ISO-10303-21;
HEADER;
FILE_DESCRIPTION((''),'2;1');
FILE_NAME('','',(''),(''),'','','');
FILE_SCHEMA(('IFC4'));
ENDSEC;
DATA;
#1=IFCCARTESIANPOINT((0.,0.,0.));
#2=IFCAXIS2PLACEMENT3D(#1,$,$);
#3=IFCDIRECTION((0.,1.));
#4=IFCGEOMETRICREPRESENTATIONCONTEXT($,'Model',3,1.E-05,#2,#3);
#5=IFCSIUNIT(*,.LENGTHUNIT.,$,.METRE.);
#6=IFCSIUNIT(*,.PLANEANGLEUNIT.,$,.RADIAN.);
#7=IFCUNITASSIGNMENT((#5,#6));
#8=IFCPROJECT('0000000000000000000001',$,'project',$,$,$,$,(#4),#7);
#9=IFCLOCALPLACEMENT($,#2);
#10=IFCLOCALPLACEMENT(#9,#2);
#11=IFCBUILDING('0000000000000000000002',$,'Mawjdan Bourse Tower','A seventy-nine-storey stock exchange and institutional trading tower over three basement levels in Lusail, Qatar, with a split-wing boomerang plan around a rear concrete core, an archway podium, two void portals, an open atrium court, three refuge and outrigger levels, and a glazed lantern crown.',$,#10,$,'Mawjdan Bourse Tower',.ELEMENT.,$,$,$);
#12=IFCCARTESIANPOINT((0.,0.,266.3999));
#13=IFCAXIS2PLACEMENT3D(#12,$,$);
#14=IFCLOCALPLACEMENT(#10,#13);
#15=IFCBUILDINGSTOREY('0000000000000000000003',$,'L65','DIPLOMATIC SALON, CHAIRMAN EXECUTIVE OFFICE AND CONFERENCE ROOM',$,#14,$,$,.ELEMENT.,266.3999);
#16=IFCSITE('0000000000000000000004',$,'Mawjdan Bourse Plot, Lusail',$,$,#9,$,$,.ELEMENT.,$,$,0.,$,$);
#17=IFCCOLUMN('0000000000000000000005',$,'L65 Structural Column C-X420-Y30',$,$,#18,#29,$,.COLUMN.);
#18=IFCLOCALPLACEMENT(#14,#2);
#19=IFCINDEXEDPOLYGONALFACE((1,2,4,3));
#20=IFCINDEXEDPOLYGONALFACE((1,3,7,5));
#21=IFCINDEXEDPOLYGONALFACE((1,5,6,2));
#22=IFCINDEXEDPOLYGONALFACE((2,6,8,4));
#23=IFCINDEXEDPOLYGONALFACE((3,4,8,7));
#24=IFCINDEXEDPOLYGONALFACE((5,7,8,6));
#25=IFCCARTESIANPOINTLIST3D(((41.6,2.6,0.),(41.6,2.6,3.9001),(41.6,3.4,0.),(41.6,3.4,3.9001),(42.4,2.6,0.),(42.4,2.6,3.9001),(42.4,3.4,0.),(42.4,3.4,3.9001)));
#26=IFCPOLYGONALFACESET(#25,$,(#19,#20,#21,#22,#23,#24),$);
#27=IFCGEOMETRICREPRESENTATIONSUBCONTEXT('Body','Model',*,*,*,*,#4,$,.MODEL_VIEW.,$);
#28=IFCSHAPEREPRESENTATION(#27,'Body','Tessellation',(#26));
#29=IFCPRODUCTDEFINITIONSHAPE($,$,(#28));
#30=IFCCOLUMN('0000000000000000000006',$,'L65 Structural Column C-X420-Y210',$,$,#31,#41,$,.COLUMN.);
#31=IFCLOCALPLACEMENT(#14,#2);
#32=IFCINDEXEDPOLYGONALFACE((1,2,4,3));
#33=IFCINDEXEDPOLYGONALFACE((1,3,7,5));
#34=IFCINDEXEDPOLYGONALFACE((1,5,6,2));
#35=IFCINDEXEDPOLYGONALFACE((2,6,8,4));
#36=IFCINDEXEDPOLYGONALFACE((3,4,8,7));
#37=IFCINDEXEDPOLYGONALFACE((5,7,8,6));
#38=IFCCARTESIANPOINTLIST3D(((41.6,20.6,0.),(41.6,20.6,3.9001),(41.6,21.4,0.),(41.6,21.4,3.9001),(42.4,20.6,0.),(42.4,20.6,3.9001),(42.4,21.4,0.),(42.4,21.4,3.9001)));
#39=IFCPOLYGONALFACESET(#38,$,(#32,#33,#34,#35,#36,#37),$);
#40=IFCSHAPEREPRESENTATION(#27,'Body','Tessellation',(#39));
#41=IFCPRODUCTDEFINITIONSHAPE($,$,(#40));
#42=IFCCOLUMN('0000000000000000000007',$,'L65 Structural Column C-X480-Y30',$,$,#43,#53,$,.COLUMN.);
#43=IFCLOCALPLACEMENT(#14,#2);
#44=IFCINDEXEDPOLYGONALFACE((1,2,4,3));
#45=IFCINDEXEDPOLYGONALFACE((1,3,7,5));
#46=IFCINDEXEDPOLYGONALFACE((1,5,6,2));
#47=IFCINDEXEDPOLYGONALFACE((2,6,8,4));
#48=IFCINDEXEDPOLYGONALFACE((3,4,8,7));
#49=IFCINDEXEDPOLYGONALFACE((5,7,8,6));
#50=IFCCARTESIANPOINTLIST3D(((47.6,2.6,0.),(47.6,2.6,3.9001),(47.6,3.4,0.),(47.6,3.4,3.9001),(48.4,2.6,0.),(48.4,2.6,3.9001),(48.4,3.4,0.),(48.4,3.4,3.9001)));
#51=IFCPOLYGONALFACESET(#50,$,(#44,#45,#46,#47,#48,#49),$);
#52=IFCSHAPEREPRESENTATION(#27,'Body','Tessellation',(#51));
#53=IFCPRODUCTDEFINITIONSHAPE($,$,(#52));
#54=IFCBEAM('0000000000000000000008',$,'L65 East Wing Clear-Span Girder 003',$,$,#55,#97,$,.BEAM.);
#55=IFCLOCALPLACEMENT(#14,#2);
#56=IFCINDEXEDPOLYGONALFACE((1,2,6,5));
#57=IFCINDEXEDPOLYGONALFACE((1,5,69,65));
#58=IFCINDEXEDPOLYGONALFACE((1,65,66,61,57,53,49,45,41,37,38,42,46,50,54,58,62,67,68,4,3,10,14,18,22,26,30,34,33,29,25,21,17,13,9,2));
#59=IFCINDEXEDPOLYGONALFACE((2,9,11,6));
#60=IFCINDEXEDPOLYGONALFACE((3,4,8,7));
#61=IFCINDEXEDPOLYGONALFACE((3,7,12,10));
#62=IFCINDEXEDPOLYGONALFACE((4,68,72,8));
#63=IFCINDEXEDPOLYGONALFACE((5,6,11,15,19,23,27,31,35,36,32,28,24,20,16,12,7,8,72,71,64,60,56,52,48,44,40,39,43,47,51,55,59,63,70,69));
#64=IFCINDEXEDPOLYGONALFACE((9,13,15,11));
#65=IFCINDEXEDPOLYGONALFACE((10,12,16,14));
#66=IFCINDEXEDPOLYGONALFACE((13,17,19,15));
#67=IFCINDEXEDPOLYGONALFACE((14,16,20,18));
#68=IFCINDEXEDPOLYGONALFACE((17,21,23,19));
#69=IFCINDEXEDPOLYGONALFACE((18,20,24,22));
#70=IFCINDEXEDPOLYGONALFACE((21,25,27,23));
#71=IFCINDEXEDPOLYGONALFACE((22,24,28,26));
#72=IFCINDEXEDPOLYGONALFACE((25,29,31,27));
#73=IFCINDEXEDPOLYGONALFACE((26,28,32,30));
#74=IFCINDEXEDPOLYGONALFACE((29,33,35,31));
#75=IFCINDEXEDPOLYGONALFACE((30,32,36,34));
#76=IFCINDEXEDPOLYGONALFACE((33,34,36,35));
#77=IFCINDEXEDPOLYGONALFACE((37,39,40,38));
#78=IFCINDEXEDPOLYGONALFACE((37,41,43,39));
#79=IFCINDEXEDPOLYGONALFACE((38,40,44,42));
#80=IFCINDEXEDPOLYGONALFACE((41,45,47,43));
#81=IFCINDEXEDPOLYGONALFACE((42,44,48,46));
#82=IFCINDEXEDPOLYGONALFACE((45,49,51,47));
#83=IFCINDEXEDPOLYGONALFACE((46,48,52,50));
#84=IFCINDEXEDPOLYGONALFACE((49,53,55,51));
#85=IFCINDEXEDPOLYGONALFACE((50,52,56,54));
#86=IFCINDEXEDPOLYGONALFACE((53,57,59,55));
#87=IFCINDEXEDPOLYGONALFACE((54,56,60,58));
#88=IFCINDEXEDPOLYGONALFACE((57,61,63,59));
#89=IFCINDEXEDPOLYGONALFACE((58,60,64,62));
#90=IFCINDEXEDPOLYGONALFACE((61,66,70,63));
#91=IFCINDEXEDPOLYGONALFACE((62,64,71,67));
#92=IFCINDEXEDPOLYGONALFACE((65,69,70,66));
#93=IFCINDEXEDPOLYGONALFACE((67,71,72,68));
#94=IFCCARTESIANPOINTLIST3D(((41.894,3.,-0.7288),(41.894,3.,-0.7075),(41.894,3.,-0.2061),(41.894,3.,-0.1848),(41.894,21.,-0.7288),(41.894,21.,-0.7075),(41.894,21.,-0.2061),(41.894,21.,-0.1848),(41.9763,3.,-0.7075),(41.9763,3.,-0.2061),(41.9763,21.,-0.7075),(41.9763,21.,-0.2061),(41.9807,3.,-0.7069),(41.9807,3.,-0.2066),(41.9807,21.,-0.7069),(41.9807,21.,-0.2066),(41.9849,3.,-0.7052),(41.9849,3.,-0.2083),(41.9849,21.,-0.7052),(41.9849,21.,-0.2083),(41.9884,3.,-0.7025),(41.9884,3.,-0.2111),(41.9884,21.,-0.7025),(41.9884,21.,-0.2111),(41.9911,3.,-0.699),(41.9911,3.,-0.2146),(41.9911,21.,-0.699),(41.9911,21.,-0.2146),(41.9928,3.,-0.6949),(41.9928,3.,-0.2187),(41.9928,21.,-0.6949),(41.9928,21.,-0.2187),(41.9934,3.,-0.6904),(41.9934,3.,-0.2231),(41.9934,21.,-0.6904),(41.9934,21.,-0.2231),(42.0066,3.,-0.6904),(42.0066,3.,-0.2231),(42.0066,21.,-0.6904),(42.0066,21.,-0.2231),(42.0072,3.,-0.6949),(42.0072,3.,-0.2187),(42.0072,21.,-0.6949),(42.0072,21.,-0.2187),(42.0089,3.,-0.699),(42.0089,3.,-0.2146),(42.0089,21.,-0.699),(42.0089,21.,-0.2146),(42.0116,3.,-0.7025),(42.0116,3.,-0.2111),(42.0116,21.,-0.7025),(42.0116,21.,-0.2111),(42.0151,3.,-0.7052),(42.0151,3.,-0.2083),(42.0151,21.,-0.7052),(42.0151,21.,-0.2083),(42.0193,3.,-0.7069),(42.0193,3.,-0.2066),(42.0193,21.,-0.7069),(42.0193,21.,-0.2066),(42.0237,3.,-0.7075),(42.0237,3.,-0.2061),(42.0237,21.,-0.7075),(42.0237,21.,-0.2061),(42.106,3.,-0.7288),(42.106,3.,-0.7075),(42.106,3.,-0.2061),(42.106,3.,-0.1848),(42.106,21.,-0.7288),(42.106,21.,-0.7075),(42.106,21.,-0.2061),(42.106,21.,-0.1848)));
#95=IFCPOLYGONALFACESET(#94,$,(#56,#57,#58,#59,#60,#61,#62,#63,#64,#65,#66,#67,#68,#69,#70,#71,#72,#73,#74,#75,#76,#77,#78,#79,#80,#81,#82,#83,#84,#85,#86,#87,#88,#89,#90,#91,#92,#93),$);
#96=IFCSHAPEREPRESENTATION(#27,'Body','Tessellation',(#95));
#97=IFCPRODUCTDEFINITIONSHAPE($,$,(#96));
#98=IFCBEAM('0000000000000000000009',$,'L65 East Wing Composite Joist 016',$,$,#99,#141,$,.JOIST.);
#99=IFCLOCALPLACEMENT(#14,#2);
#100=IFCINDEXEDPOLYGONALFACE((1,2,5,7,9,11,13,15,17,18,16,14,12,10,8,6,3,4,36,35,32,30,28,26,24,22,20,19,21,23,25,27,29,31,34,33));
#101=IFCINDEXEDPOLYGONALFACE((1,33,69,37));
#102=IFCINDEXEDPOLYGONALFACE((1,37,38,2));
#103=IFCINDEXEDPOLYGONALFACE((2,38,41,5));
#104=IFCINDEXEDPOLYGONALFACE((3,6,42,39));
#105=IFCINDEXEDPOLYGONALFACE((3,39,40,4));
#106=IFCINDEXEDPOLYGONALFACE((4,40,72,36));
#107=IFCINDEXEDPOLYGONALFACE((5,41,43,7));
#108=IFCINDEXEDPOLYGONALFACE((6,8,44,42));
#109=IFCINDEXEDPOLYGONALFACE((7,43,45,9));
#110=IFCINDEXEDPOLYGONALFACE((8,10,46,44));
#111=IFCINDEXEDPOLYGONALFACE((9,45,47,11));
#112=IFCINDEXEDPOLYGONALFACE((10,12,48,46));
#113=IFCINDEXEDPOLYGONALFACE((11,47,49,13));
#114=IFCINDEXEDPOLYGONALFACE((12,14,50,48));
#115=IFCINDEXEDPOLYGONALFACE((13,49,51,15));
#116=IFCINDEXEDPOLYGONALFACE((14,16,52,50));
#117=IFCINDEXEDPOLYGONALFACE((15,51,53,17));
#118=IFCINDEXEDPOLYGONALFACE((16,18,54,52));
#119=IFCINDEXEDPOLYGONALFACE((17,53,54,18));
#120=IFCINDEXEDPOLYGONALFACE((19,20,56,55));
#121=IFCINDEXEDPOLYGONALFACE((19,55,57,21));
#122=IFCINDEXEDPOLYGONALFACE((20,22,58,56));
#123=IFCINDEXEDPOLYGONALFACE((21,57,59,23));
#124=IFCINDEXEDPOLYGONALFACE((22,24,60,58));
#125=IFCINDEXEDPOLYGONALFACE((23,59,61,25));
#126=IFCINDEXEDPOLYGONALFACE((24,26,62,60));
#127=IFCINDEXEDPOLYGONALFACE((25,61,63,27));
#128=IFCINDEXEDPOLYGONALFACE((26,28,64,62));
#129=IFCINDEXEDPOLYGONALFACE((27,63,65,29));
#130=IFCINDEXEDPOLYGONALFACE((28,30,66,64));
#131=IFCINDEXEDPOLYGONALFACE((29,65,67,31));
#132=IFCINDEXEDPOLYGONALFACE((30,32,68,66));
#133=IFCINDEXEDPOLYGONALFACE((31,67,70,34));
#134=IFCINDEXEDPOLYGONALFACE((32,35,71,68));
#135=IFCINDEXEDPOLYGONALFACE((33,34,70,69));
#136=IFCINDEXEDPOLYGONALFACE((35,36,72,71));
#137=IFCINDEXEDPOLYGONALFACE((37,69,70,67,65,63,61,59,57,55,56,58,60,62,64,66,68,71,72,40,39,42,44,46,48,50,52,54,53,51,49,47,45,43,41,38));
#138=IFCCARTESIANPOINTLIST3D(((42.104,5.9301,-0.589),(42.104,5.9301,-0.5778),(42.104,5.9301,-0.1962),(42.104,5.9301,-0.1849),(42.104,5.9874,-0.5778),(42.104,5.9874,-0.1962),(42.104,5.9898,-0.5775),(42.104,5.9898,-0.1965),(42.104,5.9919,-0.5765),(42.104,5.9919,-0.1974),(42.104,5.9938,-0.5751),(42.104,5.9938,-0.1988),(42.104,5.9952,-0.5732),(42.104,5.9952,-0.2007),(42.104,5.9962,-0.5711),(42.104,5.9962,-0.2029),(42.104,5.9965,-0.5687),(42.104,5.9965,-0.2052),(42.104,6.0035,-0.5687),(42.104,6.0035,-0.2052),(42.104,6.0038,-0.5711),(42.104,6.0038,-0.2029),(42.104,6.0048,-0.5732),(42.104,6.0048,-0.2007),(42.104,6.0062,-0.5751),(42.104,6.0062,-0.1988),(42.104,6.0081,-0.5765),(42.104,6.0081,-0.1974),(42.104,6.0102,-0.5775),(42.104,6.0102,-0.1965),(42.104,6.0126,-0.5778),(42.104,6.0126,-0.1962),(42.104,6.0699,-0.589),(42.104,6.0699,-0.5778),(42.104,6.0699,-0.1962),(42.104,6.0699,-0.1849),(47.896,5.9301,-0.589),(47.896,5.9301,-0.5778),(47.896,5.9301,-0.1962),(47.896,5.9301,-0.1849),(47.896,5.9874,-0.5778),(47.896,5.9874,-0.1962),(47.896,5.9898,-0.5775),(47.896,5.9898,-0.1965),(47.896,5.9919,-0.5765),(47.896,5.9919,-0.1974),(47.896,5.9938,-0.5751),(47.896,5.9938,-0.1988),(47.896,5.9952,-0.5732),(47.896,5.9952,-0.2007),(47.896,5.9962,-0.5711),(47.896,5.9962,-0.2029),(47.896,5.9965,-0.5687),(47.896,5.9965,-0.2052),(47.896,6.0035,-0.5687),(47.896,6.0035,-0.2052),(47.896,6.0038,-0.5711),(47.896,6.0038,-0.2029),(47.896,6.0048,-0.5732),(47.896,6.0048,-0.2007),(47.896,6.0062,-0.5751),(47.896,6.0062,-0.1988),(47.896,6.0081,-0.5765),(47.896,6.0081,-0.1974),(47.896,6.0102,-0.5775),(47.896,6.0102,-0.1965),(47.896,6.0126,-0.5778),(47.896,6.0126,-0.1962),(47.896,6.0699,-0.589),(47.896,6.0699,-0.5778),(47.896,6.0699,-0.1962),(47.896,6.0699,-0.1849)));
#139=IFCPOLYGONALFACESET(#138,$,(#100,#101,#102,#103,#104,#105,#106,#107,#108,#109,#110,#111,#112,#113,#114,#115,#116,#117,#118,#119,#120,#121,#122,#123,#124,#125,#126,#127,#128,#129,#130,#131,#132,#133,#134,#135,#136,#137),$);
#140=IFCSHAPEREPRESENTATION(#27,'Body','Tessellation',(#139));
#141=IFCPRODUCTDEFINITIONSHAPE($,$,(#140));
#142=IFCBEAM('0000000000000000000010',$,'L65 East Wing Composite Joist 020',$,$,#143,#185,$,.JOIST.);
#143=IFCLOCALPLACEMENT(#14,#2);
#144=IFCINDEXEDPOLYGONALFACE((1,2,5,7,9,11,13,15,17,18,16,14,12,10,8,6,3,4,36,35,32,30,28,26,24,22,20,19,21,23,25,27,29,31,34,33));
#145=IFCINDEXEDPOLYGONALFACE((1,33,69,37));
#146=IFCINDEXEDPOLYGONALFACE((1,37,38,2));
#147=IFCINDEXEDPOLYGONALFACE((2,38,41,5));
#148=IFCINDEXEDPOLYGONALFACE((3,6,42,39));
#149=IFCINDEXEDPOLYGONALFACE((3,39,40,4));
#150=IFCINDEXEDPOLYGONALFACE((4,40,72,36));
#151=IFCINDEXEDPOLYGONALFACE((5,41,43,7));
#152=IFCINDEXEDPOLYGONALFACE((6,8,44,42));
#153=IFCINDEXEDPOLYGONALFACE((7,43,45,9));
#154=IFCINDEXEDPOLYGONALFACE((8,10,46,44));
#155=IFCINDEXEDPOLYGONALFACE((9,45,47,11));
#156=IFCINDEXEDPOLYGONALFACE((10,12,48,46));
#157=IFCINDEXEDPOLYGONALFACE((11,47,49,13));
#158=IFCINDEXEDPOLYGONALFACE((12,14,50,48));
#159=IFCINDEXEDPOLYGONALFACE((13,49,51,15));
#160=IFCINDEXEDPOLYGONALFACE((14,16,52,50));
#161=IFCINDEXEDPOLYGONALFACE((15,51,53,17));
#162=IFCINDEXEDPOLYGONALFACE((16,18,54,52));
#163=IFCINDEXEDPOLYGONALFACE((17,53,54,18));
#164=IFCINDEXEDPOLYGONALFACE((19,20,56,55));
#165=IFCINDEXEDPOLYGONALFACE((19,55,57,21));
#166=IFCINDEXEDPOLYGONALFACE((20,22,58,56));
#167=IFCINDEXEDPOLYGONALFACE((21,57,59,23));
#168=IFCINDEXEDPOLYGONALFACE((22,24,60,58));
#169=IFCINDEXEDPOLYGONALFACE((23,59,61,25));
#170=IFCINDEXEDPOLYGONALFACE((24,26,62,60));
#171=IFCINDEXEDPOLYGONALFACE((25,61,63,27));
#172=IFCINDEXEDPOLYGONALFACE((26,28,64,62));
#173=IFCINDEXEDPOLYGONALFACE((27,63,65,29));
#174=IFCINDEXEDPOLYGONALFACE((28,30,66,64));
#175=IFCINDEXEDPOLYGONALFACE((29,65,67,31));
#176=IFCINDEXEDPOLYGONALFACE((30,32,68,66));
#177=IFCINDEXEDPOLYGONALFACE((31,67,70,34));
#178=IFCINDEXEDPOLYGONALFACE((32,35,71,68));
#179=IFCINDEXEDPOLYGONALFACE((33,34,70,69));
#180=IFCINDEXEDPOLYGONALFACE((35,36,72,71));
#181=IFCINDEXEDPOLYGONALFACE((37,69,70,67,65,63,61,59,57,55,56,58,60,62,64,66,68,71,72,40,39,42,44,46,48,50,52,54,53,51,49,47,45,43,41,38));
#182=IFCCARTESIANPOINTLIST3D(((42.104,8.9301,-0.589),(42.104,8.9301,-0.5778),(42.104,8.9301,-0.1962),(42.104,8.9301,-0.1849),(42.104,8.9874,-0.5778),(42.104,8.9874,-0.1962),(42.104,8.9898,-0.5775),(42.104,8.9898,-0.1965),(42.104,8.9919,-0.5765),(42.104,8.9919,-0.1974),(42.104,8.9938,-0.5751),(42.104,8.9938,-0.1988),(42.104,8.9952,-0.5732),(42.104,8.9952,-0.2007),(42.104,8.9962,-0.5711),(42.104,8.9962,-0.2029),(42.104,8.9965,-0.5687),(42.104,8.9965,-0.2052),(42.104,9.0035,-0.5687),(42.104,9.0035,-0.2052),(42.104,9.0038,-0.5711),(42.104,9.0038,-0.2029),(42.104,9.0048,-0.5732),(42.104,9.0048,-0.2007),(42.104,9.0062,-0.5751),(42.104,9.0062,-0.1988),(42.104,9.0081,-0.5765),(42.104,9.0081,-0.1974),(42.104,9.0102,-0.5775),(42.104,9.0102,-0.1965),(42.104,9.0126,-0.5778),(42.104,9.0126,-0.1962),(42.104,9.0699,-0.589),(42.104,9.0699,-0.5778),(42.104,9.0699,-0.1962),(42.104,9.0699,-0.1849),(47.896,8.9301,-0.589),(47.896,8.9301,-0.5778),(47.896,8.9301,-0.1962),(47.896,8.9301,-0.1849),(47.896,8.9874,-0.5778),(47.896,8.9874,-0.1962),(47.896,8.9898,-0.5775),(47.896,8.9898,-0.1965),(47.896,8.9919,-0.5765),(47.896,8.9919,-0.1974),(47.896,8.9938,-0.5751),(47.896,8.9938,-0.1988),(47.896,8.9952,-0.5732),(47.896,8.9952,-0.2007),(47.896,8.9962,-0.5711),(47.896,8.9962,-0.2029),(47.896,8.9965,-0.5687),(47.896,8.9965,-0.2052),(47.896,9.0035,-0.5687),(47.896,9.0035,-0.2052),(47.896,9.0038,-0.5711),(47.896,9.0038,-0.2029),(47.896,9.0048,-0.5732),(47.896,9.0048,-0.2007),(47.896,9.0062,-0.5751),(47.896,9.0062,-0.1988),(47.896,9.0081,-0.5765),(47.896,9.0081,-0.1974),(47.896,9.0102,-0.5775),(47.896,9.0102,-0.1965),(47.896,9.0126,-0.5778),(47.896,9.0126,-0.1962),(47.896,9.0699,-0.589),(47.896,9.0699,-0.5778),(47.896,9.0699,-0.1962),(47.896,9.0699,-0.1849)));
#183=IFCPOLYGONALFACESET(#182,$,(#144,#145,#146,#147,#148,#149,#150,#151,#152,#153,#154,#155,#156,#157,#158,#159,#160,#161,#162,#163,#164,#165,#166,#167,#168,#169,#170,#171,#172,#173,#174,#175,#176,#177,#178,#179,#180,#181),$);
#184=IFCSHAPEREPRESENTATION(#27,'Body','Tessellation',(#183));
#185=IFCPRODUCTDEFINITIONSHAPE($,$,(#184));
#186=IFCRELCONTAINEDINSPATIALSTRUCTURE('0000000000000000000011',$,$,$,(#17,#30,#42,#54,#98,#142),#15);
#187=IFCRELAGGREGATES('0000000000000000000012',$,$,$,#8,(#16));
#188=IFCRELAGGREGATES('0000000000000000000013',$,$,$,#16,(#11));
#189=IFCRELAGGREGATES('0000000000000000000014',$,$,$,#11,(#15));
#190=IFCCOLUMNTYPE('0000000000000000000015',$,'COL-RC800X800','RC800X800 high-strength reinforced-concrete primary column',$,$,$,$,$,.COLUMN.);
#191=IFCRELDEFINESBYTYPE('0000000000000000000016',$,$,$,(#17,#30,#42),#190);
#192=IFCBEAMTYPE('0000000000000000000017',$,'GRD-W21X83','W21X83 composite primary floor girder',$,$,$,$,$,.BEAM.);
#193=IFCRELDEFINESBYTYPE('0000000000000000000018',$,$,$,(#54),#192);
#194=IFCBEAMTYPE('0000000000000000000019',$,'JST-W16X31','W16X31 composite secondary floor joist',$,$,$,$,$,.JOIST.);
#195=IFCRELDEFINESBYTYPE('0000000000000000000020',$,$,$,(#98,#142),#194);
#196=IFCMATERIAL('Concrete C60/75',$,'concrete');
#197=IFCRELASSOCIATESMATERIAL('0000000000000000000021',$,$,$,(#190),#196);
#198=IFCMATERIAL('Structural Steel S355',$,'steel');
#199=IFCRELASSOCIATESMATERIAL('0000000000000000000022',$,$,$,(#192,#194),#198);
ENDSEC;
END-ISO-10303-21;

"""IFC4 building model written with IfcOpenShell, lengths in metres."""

from ifc_helpers import new_model, si_unit, direction, frame, origin, origin_2d, place, context, subcontext, project, spatial, rectangle, i_section, extrude, material, material_profile, profile_set, type_object, element, save


model = new_model("IFC4")

# Units and contexts
model_context = context("Model", 3, precision=1e-05, world=origin(), true_north=direction((0.0, 1.0)))
body_context = subcontext(model_context, "Body", "Model", "MODEL_VIEW")
ifc_project = project(units=[si_unit("LENGTHUNIT", "METRE"), si_unit("PLANEANGLEUNIT", "RADIAN")], contexts=[model_context])

# Site, building, storey
site_placement = place(None, origin())
site = spatial("IfcSite", under=ifc_project, at=site_placement, Name="Mawjdan Bourse Plot, Lusail", CompositionType="ELEMENT", RefElevation=0.0)
building_placement = place(site_placement, origin())
building = spatial("IfcBuilding", under=site, at=building_placement, Name="Mawjdan Bourse Tower", Description="A seventy-nine-storey stock exchange and institutional trading tower over three basement levels in Lusail, Qatar, with a split-wing boomerang plan around a rear concrete core, an archway podium, two void portals, an open atrium court, three refuge and outrigger levels, and a glazed lantern crown.", LongName="Mawjdan Bourse Tower", CompositionType="ELEMENT")
storey_placement = place(building_placement, frame((0.0, 0.0, 266.3999)))
storey = spatial("IfcBuildingStorey", under=building, at=storey_placement, Name="L65", Description="DIPLOMATIC SALON, CHAIRMAN EXECUTIVE OFFICE AND CONFERENCE ROOM", CompositionType="ELEMENT", Elevation=266.3999)

# Columns
ifc_material_1 = material(Name="Concrete C60/75", Category="concrete")
ifc_material_profile_1 = material_profile(ifc_material_1, rectangle(XDim=0.8, YDim=0.8, at=origin_2d()), Name="RC800X800")
ifc_profile_set_1 = profile_set([ifc_material_profile_1], Name="Concrete C60/75")
column_type = type_object("IfcColumnType", Name="COL-RC800X800", Description="RC800X800 high-strength reinforced-concrete primary column", PredefinedType="COLUMN", material=ifc_profile_set_1)
for number, where, z_axis, x_axis, name in (
    (1, (42.0, 3.0, 0.0), (0.0, 0.0, 1.0), (1.0, 0.0, 0.0), "L65 Structural Column C-X420-Y30"),
    (2, (42.0, 21.0, 0.0), (0.0, 0.0, 1.0), (1.0, 0.0, 0.0), "L65 Structural Column C-X420-Y210"),
    (3, (48.0, 3.0, 0.0), (0.0, 0.0, 1.0), (1.0, 0.0, 0.0), "L65 Structural Column C-X480-Y30"),
):
    element("IfcColumn", number, at=place(storey_placement, frame(where, z_axis=z_axis, x_axis=x_axis)), inside=storey, type_object=column_type, Name=name, PredefinedType="COLUMN", context=body_context, shape_type="SweptSolid", body=[
        extrude(rectangle(XDim=0.8, YDim=0.8, at=origin_2d()), origin(), (0.0, 0.0, 1.0), 3.9001),
    ])

# Beams
ifc_material_2 = material(Name="Structural Steel S355", Category="steel")
ifc_material_profile_2 = material_profile(ifc_material_2, i_section(OverallWidth=0.2119, OverallDepth=0.5439, WebThickness=0.0132, FlangeThickness=0.0212, FilletRadius=0.0171, at=origin_2d()), Name="W21X83")
ifc_profile_set_2 = profile_set([ifc_material_profile_2], Name="Structural Steel S355")
beam_type_1 = type_object("IfcBeamType", Name="GRD-W21X83", Description="W21X83 composite primary floor girder", PredefinedType="BEAM", material=ifc_profile_set_2)
beam_1_placement = place(storey_placement, frame((42.0, 3.0, -0.4568), z_axis=(0.0, 1.0, 0.0), x_axis=(-1.0, 0.0, 0.0)))
element("IfcBeam", 4, at=beam_1_placement, inside=storey, type_object=beam_type_1, Name="L65 East Wing Clear-Span Girder 003", PredefinedType="BEAM", context=body_context, shape_type="SweptSolid", body=[
    extrude(i_section(OverallWidth=0.2119, OverallDepth=0.5439, WebThickness=0.0132, FlangeThickness=0.0212, FilletRadius=0.0171, at=origin_2d()), origin(), (0.0, 0.0, 1.0), 18.0),
])
ifc_material_profile_3 = material_profile(ifc_material_2, i_section(OverallWidth=0.1399, OverallDepth=0.4041, WebThickness=0.0071, FlangeThickness=0.0112, FilletRadius=0.009, at=origin_2d()), Name="W16X31")
ifc_profile_set_3 = profile_set([ifc_material_profile_3], Name="Structural Steel S355")
beam_type_2 = type_object("IfcBeamType", Name="JST-W16X31", Description="W16X31 composite secondary floor joist", PredefinedType="JOIST", material=ifc_profile_set_3)
for number, where, z_axis, x_axis, name in (
    (5, (42.104, 6.0, -0.387), (1.0, 0.0, 0.0), (0.0, 1.0, 0.0), "L65 East Wing Composite Joist 016"),
    (6, (42.104, 9.0, -0.387), (1.0, 0.0, 0.0), (0.0, 1.0, 0.0), "L65 East Wing Composite Joist 020"),
):
    element("IfcBeam", number, at=place(storey_placement, frame(where, z_axis=z_axis, x_axis=x_axis)), inside=storey, type_object=beam_type_2, Name=name, PredefinedType="JOIST", context=body_context, shape_type="SweptSolid", body=[
        extrude(i_section(OverallWidth=0.1399, OverallDepth=0.4041, WebThickness=0.0071, FlangeThickness=0.0112, FilletRadius=0.009, at=origin_2d()), origin(), (0.0, 0.0, 1.0), 5.792),
    ])

save(model, "model.ifc")
